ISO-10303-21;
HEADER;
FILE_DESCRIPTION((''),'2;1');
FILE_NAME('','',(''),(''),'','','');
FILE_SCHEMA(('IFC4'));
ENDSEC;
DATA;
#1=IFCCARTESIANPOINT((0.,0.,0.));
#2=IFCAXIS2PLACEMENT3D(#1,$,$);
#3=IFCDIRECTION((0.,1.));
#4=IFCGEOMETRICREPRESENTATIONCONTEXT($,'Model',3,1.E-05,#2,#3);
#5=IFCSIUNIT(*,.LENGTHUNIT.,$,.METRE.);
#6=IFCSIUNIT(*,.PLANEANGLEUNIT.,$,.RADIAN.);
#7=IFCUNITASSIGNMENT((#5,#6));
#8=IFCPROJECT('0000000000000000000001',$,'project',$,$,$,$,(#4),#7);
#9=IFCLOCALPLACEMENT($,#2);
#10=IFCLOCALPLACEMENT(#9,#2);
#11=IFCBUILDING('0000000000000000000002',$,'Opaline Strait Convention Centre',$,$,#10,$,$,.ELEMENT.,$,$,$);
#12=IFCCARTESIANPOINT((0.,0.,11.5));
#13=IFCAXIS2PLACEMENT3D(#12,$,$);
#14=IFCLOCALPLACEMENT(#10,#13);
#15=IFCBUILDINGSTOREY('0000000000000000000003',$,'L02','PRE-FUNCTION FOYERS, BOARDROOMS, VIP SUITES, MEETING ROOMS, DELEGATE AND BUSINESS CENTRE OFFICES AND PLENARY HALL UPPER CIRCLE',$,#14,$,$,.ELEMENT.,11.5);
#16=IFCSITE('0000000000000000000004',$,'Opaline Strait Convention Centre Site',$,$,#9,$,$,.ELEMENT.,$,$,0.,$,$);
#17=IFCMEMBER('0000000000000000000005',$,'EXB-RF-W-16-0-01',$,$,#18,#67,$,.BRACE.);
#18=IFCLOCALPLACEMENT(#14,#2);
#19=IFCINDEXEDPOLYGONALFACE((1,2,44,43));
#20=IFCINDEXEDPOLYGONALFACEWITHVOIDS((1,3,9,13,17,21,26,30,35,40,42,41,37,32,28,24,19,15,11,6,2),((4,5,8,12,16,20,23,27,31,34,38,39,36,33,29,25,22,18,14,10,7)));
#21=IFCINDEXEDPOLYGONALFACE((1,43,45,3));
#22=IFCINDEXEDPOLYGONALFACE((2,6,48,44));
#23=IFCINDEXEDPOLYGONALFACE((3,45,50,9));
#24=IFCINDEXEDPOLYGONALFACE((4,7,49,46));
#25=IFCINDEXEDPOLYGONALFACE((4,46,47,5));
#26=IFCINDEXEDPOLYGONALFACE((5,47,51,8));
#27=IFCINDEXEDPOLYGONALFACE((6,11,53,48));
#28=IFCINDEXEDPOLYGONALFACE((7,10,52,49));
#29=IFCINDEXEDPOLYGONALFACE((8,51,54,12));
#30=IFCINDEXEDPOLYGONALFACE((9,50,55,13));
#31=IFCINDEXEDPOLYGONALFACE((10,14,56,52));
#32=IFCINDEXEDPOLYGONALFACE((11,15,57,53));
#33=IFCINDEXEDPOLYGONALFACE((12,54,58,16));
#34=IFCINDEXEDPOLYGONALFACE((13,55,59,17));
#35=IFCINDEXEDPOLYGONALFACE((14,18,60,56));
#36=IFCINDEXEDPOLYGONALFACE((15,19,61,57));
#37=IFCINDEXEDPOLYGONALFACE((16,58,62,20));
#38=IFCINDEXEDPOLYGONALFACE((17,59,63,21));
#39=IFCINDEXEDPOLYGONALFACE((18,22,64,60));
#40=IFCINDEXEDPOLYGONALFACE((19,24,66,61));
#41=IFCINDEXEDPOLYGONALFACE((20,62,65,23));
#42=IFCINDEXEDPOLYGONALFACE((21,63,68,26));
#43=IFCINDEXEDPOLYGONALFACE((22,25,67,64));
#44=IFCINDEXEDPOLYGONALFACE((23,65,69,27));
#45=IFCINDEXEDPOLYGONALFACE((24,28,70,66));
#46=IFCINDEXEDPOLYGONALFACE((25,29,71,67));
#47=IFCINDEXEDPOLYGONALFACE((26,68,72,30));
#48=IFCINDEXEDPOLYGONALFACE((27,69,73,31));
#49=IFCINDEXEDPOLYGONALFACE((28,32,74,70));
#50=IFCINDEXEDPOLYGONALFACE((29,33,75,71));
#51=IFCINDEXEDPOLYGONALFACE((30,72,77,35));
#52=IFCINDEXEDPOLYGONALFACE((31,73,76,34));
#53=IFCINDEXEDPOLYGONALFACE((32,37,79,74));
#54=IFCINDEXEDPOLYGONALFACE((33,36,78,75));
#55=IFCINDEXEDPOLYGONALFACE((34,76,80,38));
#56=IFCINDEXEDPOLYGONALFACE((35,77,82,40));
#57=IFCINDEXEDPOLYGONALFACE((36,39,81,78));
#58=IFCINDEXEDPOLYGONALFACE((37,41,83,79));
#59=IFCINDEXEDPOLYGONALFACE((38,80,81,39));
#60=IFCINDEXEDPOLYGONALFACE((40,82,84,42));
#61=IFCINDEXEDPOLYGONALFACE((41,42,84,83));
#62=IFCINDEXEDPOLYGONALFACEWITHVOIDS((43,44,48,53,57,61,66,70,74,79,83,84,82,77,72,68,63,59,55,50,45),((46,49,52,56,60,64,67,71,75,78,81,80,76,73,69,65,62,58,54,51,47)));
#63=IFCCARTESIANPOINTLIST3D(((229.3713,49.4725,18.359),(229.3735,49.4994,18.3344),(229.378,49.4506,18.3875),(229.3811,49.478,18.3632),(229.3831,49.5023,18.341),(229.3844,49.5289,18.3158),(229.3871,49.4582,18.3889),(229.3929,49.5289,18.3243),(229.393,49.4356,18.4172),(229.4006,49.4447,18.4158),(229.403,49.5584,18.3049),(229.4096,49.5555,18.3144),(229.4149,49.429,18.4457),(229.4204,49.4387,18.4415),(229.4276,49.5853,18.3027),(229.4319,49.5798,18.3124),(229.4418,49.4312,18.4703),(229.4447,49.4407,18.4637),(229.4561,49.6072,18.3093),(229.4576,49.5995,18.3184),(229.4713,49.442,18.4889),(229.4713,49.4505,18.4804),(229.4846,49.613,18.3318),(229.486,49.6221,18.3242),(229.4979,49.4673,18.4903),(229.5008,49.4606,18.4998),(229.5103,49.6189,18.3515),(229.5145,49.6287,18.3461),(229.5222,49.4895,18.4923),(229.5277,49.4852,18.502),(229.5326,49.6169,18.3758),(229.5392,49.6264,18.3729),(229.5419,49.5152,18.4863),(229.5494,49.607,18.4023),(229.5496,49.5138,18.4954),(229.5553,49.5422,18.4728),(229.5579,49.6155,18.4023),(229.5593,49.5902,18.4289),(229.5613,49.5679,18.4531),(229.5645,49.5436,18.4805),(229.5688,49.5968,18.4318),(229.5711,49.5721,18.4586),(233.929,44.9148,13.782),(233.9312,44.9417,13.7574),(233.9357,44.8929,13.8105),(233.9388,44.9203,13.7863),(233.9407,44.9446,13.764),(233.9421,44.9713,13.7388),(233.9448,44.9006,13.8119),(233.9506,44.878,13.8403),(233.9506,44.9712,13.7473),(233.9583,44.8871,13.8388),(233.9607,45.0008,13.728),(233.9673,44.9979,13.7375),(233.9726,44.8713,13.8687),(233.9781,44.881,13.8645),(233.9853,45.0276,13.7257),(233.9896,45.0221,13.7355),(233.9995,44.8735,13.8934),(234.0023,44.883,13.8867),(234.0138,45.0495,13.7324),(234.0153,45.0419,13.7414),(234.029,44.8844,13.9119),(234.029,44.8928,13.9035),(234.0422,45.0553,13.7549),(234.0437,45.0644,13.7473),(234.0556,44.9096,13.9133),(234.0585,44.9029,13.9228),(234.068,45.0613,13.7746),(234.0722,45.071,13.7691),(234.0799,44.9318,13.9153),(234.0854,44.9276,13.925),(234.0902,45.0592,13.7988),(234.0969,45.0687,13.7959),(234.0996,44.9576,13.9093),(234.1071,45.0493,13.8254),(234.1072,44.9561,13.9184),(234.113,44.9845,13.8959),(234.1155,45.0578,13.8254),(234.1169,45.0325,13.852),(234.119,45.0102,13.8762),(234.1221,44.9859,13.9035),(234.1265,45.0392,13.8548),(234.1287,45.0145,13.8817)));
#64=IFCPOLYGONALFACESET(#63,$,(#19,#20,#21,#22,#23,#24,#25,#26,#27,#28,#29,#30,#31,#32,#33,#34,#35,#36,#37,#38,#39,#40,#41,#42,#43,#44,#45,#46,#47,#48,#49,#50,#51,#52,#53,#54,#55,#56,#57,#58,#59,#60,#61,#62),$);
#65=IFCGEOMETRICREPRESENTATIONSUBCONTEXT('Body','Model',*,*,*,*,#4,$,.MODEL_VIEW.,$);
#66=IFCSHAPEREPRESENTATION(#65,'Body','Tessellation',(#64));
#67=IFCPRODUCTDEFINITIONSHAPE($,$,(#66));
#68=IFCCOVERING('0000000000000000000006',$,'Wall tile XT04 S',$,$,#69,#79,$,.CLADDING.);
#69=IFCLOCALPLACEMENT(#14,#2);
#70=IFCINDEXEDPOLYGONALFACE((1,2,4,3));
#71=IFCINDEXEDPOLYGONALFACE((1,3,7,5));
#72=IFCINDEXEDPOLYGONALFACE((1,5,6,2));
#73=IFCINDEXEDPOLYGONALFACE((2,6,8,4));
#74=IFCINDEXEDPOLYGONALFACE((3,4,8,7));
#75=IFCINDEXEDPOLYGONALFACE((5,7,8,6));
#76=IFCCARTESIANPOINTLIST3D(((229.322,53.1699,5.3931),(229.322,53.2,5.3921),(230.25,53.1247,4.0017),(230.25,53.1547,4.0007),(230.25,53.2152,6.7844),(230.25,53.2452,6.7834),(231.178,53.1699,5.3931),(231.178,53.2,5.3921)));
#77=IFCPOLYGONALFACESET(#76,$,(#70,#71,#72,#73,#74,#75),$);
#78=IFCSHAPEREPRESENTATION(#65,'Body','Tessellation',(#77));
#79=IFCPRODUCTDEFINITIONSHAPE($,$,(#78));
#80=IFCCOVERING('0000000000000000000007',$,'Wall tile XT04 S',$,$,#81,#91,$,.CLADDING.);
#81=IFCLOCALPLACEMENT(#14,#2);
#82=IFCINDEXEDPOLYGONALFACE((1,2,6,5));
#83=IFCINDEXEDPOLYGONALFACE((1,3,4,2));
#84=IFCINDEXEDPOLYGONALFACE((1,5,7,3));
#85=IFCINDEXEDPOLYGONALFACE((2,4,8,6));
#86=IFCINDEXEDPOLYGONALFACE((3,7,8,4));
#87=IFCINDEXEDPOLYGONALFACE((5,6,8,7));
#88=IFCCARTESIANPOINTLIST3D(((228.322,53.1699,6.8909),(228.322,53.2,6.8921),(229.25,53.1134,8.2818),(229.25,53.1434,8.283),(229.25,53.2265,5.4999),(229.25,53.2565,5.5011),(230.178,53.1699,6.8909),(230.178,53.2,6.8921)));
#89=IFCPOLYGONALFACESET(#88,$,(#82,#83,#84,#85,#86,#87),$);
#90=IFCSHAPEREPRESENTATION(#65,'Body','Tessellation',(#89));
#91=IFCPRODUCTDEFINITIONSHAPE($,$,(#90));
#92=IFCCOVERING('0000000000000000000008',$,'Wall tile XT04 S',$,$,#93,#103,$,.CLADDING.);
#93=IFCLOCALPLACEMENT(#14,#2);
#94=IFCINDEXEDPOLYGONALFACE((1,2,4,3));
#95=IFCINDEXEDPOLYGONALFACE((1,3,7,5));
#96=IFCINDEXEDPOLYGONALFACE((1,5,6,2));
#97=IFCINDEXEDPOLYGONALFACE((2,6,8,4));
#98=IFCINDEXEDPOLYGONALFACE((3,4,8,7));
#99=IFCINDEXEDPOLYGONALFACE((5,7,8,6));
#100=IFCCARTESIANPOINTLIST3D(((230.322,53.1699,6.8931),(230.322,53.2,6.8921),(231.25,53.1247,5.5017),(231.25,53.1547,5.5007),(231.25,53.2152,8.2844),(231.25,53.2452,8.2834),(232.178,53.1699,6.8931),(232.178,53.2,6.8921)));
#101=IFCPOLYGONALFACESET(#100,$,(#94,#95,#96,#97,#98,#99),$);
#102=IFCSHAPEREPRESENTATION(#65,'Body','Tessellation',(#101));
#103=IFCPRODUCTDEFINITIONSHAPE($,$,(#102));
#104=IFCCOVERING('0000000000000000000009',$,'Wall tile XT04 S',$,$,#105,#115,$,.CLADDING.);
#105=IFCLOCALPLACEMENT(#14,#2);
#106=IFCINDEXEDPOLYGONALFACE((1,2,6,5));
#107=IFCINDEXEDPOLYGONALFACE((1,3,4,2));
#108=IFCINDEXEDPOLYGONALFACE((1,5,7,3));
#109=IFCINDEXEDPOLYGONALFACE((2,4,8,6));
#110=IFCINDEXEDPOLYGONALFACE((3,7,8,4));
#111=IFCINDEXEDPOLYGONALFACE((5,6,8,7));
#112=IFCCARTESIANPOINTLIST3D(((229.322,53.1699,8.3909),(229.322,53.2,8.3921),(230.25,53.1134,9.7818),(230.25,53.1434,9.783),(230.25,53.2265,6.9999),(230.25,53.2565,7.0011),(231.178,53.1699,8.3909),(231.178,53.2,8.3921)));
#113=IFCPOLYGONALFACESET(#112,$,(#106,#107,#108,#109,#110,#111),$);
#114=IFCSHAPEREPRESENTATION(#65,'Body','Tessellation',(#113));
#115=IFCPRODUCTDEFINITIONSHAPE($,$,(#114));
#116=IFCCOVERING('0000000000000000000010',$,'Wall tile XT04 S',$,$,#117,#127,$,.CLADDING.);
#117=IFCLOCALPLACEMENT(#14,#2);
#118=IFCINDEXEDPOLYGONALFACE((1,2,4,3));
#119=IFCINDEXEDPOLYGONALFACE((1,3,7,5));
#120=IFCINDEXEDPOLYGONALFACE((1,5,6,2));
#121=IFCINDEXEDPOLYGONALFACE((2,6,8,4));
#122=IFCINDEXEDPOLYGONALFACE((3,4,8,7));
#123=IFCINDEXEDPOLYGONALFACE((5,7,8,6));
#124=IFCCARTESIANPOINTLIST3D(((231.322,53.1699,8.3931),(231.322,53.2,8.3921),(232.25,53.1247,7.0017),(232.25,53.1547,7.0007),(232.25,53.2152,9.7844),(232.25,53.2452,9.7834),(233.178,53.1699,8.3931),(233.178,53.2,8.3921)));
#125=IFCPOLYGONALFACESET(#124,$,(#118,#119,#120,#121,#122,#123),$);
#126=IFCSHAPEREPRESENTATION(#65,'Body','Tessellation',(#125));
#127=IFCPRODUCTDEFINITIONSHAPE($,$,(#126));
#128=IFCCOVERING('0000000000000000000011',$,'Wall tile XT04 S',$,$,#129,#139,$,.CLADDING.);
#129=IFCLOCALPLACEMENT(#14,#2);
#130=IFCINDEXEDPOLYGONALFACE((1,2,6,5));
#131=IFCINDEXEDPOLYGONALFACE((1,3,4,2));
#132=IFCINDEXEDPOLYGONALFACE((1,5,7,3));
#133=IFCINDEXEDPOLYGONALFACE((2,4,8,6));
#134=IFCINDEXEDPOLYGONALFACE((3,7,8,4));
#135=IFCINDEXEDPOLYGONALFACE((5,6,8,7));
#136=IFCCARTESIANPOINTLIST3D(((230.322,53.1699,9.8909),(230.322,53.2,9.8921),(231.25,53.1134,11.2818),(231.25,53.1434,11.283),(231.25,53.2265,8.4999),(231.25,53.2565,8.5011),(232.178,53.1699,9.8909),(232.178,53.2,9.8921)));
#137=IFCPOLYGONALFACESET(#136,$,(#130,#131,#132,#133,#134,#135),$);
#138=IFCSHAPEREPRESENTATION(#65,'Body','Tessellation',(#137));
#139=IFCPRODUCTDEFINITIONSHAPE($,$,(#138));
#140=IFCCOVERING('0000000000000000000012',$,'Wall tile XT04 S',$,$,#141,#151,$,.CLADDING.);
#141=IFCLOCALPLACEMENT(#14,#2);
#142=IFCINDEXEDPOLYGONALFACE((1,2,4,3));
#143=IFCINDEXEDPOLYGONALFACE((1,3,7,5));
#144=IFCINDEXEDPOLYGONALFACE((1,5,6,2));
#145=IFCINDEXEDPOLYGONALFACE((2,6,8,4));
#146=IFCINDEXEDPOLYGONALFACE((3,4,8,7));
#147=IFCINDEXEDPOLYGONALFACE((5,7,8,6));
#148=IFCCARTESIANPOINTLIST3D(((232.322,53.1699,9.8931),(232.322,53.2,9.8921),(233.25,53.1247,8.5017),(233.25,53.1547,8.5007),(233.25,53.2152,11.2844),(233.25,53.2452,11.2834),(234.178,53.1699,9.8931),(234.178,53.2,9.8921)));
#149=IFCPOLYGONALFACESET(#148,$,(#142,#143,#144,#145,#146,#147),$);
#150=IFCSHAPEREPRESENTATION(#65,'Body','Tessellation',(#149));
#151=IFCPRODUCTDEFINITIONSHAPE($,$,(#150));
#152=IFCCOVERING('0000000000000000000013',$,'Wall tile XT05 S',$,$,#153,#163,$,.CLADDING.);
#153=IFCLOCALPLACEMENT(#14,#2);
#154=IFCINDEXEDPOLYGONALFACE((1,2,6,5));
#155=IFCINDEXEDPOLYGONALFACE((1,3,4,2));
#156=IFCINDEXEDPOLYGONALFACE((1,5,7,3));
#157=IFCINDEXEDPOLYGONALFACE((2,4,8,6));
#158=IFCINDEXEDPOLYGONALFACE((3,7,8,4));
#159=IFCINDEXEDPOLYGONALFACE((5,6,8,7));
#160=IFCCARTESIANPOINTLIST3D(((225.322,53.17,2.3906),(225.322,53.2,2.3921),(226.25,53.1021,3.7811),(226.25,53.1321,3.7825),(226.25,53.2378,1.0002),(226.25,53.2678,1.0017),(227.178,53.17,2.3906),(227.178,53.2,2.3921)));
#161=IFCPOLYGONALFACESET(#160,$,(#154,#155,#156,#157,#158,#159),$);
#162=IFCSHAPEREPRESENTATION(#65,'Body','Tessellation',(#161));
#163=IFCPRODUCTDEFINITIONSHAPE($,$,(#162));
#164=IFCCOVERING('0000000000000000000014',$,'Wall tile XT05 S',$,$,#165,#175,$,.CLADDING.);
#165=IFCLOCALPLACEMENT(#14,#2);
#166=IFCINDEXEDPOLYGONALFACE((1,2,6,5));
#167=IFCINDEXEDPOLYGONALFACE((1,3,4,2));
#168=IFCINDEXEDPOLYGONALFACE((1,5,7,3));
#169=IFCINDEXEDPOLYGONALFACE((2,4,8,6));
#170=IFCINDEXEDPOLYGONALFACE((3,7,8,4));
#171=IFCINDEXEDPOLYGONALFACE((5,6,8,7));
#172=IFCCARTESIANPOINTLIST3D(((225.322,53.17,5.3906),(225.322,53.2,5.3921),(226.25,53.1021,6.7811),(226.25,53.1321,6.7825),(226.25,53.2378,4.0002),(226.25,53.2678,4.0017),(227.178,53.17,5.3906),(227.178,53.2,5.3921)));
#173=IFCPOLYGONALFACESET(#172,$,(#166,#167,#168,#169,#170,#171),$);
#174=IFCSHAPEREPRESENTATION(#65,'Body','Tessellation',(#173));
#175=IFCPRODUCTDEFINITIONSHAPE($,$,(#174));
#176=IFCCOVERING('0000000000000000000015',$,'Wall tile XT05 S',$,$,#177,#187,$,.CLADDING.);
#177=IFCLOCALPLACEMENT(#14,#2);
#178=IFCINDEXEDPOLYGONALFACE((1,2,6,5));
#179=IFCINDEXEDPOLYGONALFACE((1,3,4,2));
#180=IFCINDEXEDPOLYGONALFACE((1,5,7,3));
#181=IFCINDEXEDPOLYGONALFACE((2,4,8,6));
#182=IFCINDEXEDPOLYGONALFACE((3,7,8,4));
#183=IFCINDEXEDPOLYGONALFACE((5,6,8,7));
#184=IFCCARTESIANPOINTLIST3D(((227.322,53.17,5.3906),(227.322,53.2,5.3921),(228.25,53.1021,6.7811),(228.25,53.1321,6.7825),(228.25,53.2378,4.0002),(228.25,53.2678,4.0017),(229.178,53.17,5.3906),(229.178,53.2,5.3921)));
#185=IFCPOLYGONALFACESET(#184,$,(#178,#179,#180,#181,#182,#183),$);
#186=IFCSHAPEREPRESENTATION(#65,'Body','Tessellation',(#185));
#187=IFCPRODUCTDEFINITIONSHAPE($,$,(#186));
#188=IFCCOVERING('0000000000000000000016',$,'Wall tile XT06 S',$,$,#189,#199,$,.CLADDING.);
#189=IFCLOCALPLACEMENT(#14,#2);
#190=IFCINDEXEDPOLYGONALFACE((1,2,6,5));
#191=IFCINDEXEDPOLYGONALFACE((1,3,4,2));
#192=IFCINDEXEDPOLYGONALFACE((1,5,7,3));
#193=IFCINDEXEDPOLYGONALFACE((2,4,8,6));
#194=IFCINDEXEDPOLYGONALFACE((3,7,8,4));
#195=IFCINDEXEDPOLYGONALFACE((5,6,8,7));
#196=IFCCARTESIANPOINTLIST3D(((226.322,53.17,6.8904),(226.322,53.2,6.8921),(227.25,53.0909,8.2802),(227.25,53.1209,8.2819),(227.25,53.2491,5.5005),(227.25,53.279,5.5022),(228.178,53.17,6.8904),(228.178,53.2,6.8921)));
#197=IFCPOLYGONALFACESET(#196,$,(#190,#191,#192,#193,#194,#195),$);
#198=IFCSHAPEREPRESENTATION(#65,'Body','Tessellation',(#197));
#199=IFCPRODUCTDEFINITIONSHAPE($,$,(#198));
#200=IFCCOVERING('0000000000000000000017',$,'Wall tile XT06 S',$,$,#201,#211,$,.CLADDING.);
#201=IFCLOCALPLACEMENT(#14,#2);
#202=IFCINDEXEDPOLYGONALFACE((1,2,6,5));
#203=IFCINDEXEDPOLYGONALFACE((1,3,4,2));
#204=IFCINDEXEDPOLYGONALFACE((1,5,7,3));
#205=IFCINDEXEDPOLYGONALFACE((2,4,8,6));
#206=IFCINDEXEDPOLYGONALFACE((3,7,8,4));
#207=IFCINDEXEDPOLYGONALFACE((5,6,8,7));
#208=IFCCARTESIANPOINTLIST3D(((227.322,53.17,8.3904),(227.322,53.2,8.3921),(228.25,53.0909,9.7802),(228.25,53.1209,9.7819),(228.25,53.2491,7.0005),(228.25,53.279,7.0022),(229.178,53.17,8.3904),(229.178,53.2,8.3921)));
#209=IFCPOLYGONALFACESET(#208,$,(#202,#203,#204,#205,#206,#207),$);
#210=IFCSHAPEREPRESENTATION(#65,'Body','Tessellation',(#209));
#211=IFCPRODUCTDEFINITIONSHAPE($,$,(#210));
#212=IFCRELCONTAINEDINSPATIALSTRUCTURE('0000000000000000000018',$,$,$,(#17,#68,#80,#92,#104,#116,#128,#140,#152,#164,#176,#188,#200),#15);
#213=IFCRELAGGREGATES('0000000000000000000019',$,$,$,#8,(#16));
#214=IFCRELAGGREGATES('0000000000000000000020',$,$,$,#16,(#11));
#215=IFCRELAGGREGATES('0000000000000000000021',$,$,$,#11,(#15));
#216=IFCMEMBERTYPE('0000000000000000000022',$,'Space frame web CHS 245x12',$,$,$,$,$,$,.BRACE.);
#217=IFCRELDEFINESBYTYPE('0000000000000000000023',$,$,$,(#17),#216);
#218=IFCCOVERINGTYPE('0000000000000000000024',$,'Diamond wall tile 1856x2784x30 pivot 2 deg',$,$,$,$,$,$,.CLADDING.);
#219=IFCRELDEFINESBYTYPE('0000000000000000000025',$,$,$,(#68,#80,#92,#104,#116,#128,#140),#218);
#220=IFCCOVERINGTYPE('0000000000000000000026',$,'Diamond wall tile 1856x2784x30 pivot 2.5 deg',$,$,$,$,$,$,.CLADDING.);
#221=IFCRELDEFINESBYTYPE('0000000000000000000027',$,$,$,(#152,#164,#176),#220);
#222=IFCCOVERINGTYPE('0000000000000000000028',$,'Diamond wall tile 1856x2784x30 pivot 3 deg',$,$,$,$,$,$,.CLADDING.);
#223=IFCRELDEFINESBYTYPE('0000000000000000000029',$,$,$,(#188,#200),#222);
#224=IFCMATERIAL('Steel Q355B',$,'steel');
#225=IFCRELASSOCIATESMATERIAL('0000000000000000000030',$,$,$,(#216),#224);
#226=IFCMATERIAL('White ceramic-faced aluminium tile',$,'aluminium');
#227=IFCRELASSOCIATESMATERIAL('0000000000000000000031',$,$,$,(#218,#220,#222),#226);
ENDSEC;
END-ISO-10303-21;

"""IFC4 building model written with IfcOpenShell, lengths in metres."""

from ifc_helpers import new_model, si_unit, direction, frame, origin, origin_2d, place, context, subcontext, project, spatial, polyline, hollow_circle, outline, extrude, material, material_profile, profile_set, type_object, element, save


model = new_model("IFC4")

# Units and contexts
model_context = context("Model", 3, precision=1e-05, world=origin(), true_north=direction((0.0, 1.0)))
body_context = subcontext(model_context, "Body", "Model", "MODEL_VIEW")
ifc_project = project(units=[si_unit("LENGTHUNIT", "METRE"), si_unit("PLANEANGLEUNIT", "RADIAN")], contexts=[model_context])

# Site, building, storey
site_placement = place(None, origin())
site = spatial("IfcSite", under=ifc_project, at=site_placement, Name="Opaline Strait Convention Centre Site", CompositionType="ELEMENT", RefElevation=0.0)
building_placement = place(site_placement, origin())
building = spatial("IfcBuilding", under=site, at=building_placement, Name="Opaline Strait Convention Centre", CompositionType="ELEMENT")
storey_placement = place(building_placement, frame((0.0, 0.0, 11.5)))
storey = spatial("IfcBuildingStorey", under=building, at=storey_placement, Name="L02", Description="PRE-FUNCTION FOYERS, BOARDROOMS, VIP SUITES, MEETING ROOMS, DELEGATE AND BUSINESS CENTRE OFFICES AND PLENARY HALL UPPER CIRCLE", CompositionType="ELEMENT", Elevation=11.5)

# Member
ifc_material_1 = material(Name="Steel Q355B", Category="steel")
ifc_material_profile_1 = material_profile(ifc_material_1, hollow_circle(Radius=0.1226, WallThickness=0.012, at=origin_2d()), Name="CHS 245x12")
ifc_profile_set_1 = profile_set([ifc_material_profile_1], Name="Steel Q355B")
member_type_1 = type_object("IfcMemberType", Name="Space frame web CHS 245x12", PredefinedType="BRACE", material=ifc_profile_set_1)
member_1_placement = place(storey_placement, frame((229.4712, 49.5288, 18.4023), z_axis=(0.576536, -0.576536, -0.578976), x_axis=(0.707107, 0.707107, 0.0)))
element("IfcMember", 1, at=member_1_placement, inside=storey, type_object=member_type_1, Name="EXB-RF-W-16-0-01", PredefinedType="BRACE", context=body_context, shape_type="SweptSolid", body=[
    extrude(hollow_circle(Radius=0.1226, WallThickness=0.012, at=origin_2d()), origin(), (0.0, 0.0, 1.0), 7.9053),
])

# Coverings
ifc_material_2 = material(Name="White ceramic-faced aluminium tile", Category="aluminium")
ifc_material_profile_2 = material_profile(ifc_material_2, outline(polyline([(0.928, 0.0), (0.0, 1.3921), (-0.928, 0.0), (0.0, -1.3921), (0.928, 0.0)])), Name="Diamond tile 1856x2784")
ifc_profile_set_2 = profile_set([ifc_material_profile_2], Name="White ceramic-faced aluminium tile")
covering_type_1 = type_object("IfcCoveringType", Name="Diamond wall tile 1856x2784x30 pivot 2 deg", PredefinedType="CLADDING", material=ifc_profile_set_2)
for number, where, z_axis, x_axis, name in (
    (2, (230.25, 53.2, 5.3921), (0.0, -0.999472, 0.032503), (1.0, 0.0, 0.0), "Wall tile XT04 S"),
    (3, (229.25, 53.2, 6.8921), (0.0, -0.999175, -0.040617), (1.0, 0.0, 0.0), "Wall tile XT04 S"),
    (4, (231.25, 53.2, 6.8921), (0.0, -0.999472, 0.032503), (1.0, 0.0, 0.0), "Wall tile XT04 S"),
    (5, (230.25, 53.2, 8.3921), (0.0, -0.999175, -0.040617), (1.0, 0.0, 0.0), "Wall tile XT04 S"),
    (6, (232.25, 53.2, 8.3921), (0.0, -0.999472, 0.032503), (1.0, 0.0, 0.0), "Wall tile XT04 S"),
    (7, (231.25, 53.2, 9.8921), (0.0, -0.999175, -0.040617), (1.0, 0.0, 0.0), "Wall tile XT04 S"),
    (8, (233.25, 53.2, 9.8921), (0.0, -0.999472, 0.032503), (1.0, 0.0, 0.0), "Wall tile XT04 S"),
):
    element("IfcCovering", number, at=place(storey_placement, frame(where, z_axis=z_axis, x_axis=x_axis)), inside=storey, type_object=covering_type_1, Name=name, PredefinedType="CLADDING", context=body_context, shape_type="SweptSolid", body=[
        extrude(outline(polyline([(0.928, 0.0), (0.0, 1.3921), (-0.928, 0.0), (0.0, -1.3921), (0.928, 0.0)])), origin(), (0.0, 0.0, 1.0), 0.03),
    ])
ifc_material_profile_3 = material_profile(ifc_material_2, outline(polyline([(0.928, 0.0), (0.0, 1.3921), (-0.928, 0.0), (0.0, -1.3921), (0.928, 0.0)])), Name="Diamond tile 1856x2784")
ifc_profile_set_3 = profile_set([ifc_material_profile_3], Name="White ceramic-faced aluminium tile")
covering_type_2 = type_object("IfcCoveringType", Name="Diamond wall tile 1856x2784x30 pivot 2.5 deg", PredefinedType="CLADDING", material=ifc_profile_set_3)
for number, where, z_axis, x_axis, name in (
    (9, (226.25, 53.2, 2.3921), (0.0, -0.998812, -0.048723), (1.0, 0.0, 0.0), "Wall tile XT05 S"),
    (10, (226.25, 53.2, 5.3921), (0.0, -0.998812, -0.048723), (1.0, 0.0, 0.0), "Wall tile XT05 S"),
    (11, (228.25, 53.2, 5.3921), (0.0, -0.998812, -0.048723), (1.0, 0.0, 0.0), "Wall tile XT05 S"),
):
    element("IfcCovering", number, at=place(storey_placement, frame(where, z_axis=z_axis, x_axis=x_axis)), inside=storey, type_object=covering_type_2, Name=name, PredefinedType="CLADDING", context=body_context, shape_type="SweptSolid", body=[
        extrude(outline(polyline([(0.928, 0.0), (0.0, 1.3921), (-0.928, 0.0), (0.0, -1.3921), (0.928, 0.0)])), origin(), (0.0, 0.0, 1.0), 0.03),
    ])
ifc_material_profile_4 = material_profile(ifc_material_2, outline(polyline([(0.928, 0.0), (0.0, 1.3921), (-0.928, 0.0), (0.0, -1.3921), (0.928, 0.0)])), Name="Diamond tile 1856x2784")
ifc_profile_set_4 = profile_set([ifc_material_profile_4], Name="White ceramic-faced aluminium tile")
covering_type_3 = type_object("IfcCoveringType", Name="Diamond wall tile 1856x2784x30 pivot 3 deg", PredefinedType="CLADDING", material=ifc_profile_set_4)
for number, where, z_axis, x_axis, name in (
    (12, (227.25, 53.2, 6.8921), (0.0, -0.998385, -0.056819), (1.0, 0.0, 0.0), "Wall tile XT06 S"),
    (13, (228.25, 53.2, 8.3921), (0.0, -0.998385, -0.056819), (1.0, 0.0, 0.0), "Wall tile XT06 S"),
):
    element("IfcCovering", number, at=place(storey_placement, frame(where, z_axis=z_axis, x_axis=x_axis)), inside=storey, type_object=covering_type_3, Name=name, PredefinedType="CLADDING", context=body_context, shape_type="SweptSolid", body=[
        extrude(outline(polyline([(0.928, 0.0), (0.0, 1.3921), (-0.928, 0.0), (0.0, -1.3921), (0.928, 0.0)])), origin(), (0.0, 0.0, 1.0), 0.03),
    ])

save(model, "model.ifc")
